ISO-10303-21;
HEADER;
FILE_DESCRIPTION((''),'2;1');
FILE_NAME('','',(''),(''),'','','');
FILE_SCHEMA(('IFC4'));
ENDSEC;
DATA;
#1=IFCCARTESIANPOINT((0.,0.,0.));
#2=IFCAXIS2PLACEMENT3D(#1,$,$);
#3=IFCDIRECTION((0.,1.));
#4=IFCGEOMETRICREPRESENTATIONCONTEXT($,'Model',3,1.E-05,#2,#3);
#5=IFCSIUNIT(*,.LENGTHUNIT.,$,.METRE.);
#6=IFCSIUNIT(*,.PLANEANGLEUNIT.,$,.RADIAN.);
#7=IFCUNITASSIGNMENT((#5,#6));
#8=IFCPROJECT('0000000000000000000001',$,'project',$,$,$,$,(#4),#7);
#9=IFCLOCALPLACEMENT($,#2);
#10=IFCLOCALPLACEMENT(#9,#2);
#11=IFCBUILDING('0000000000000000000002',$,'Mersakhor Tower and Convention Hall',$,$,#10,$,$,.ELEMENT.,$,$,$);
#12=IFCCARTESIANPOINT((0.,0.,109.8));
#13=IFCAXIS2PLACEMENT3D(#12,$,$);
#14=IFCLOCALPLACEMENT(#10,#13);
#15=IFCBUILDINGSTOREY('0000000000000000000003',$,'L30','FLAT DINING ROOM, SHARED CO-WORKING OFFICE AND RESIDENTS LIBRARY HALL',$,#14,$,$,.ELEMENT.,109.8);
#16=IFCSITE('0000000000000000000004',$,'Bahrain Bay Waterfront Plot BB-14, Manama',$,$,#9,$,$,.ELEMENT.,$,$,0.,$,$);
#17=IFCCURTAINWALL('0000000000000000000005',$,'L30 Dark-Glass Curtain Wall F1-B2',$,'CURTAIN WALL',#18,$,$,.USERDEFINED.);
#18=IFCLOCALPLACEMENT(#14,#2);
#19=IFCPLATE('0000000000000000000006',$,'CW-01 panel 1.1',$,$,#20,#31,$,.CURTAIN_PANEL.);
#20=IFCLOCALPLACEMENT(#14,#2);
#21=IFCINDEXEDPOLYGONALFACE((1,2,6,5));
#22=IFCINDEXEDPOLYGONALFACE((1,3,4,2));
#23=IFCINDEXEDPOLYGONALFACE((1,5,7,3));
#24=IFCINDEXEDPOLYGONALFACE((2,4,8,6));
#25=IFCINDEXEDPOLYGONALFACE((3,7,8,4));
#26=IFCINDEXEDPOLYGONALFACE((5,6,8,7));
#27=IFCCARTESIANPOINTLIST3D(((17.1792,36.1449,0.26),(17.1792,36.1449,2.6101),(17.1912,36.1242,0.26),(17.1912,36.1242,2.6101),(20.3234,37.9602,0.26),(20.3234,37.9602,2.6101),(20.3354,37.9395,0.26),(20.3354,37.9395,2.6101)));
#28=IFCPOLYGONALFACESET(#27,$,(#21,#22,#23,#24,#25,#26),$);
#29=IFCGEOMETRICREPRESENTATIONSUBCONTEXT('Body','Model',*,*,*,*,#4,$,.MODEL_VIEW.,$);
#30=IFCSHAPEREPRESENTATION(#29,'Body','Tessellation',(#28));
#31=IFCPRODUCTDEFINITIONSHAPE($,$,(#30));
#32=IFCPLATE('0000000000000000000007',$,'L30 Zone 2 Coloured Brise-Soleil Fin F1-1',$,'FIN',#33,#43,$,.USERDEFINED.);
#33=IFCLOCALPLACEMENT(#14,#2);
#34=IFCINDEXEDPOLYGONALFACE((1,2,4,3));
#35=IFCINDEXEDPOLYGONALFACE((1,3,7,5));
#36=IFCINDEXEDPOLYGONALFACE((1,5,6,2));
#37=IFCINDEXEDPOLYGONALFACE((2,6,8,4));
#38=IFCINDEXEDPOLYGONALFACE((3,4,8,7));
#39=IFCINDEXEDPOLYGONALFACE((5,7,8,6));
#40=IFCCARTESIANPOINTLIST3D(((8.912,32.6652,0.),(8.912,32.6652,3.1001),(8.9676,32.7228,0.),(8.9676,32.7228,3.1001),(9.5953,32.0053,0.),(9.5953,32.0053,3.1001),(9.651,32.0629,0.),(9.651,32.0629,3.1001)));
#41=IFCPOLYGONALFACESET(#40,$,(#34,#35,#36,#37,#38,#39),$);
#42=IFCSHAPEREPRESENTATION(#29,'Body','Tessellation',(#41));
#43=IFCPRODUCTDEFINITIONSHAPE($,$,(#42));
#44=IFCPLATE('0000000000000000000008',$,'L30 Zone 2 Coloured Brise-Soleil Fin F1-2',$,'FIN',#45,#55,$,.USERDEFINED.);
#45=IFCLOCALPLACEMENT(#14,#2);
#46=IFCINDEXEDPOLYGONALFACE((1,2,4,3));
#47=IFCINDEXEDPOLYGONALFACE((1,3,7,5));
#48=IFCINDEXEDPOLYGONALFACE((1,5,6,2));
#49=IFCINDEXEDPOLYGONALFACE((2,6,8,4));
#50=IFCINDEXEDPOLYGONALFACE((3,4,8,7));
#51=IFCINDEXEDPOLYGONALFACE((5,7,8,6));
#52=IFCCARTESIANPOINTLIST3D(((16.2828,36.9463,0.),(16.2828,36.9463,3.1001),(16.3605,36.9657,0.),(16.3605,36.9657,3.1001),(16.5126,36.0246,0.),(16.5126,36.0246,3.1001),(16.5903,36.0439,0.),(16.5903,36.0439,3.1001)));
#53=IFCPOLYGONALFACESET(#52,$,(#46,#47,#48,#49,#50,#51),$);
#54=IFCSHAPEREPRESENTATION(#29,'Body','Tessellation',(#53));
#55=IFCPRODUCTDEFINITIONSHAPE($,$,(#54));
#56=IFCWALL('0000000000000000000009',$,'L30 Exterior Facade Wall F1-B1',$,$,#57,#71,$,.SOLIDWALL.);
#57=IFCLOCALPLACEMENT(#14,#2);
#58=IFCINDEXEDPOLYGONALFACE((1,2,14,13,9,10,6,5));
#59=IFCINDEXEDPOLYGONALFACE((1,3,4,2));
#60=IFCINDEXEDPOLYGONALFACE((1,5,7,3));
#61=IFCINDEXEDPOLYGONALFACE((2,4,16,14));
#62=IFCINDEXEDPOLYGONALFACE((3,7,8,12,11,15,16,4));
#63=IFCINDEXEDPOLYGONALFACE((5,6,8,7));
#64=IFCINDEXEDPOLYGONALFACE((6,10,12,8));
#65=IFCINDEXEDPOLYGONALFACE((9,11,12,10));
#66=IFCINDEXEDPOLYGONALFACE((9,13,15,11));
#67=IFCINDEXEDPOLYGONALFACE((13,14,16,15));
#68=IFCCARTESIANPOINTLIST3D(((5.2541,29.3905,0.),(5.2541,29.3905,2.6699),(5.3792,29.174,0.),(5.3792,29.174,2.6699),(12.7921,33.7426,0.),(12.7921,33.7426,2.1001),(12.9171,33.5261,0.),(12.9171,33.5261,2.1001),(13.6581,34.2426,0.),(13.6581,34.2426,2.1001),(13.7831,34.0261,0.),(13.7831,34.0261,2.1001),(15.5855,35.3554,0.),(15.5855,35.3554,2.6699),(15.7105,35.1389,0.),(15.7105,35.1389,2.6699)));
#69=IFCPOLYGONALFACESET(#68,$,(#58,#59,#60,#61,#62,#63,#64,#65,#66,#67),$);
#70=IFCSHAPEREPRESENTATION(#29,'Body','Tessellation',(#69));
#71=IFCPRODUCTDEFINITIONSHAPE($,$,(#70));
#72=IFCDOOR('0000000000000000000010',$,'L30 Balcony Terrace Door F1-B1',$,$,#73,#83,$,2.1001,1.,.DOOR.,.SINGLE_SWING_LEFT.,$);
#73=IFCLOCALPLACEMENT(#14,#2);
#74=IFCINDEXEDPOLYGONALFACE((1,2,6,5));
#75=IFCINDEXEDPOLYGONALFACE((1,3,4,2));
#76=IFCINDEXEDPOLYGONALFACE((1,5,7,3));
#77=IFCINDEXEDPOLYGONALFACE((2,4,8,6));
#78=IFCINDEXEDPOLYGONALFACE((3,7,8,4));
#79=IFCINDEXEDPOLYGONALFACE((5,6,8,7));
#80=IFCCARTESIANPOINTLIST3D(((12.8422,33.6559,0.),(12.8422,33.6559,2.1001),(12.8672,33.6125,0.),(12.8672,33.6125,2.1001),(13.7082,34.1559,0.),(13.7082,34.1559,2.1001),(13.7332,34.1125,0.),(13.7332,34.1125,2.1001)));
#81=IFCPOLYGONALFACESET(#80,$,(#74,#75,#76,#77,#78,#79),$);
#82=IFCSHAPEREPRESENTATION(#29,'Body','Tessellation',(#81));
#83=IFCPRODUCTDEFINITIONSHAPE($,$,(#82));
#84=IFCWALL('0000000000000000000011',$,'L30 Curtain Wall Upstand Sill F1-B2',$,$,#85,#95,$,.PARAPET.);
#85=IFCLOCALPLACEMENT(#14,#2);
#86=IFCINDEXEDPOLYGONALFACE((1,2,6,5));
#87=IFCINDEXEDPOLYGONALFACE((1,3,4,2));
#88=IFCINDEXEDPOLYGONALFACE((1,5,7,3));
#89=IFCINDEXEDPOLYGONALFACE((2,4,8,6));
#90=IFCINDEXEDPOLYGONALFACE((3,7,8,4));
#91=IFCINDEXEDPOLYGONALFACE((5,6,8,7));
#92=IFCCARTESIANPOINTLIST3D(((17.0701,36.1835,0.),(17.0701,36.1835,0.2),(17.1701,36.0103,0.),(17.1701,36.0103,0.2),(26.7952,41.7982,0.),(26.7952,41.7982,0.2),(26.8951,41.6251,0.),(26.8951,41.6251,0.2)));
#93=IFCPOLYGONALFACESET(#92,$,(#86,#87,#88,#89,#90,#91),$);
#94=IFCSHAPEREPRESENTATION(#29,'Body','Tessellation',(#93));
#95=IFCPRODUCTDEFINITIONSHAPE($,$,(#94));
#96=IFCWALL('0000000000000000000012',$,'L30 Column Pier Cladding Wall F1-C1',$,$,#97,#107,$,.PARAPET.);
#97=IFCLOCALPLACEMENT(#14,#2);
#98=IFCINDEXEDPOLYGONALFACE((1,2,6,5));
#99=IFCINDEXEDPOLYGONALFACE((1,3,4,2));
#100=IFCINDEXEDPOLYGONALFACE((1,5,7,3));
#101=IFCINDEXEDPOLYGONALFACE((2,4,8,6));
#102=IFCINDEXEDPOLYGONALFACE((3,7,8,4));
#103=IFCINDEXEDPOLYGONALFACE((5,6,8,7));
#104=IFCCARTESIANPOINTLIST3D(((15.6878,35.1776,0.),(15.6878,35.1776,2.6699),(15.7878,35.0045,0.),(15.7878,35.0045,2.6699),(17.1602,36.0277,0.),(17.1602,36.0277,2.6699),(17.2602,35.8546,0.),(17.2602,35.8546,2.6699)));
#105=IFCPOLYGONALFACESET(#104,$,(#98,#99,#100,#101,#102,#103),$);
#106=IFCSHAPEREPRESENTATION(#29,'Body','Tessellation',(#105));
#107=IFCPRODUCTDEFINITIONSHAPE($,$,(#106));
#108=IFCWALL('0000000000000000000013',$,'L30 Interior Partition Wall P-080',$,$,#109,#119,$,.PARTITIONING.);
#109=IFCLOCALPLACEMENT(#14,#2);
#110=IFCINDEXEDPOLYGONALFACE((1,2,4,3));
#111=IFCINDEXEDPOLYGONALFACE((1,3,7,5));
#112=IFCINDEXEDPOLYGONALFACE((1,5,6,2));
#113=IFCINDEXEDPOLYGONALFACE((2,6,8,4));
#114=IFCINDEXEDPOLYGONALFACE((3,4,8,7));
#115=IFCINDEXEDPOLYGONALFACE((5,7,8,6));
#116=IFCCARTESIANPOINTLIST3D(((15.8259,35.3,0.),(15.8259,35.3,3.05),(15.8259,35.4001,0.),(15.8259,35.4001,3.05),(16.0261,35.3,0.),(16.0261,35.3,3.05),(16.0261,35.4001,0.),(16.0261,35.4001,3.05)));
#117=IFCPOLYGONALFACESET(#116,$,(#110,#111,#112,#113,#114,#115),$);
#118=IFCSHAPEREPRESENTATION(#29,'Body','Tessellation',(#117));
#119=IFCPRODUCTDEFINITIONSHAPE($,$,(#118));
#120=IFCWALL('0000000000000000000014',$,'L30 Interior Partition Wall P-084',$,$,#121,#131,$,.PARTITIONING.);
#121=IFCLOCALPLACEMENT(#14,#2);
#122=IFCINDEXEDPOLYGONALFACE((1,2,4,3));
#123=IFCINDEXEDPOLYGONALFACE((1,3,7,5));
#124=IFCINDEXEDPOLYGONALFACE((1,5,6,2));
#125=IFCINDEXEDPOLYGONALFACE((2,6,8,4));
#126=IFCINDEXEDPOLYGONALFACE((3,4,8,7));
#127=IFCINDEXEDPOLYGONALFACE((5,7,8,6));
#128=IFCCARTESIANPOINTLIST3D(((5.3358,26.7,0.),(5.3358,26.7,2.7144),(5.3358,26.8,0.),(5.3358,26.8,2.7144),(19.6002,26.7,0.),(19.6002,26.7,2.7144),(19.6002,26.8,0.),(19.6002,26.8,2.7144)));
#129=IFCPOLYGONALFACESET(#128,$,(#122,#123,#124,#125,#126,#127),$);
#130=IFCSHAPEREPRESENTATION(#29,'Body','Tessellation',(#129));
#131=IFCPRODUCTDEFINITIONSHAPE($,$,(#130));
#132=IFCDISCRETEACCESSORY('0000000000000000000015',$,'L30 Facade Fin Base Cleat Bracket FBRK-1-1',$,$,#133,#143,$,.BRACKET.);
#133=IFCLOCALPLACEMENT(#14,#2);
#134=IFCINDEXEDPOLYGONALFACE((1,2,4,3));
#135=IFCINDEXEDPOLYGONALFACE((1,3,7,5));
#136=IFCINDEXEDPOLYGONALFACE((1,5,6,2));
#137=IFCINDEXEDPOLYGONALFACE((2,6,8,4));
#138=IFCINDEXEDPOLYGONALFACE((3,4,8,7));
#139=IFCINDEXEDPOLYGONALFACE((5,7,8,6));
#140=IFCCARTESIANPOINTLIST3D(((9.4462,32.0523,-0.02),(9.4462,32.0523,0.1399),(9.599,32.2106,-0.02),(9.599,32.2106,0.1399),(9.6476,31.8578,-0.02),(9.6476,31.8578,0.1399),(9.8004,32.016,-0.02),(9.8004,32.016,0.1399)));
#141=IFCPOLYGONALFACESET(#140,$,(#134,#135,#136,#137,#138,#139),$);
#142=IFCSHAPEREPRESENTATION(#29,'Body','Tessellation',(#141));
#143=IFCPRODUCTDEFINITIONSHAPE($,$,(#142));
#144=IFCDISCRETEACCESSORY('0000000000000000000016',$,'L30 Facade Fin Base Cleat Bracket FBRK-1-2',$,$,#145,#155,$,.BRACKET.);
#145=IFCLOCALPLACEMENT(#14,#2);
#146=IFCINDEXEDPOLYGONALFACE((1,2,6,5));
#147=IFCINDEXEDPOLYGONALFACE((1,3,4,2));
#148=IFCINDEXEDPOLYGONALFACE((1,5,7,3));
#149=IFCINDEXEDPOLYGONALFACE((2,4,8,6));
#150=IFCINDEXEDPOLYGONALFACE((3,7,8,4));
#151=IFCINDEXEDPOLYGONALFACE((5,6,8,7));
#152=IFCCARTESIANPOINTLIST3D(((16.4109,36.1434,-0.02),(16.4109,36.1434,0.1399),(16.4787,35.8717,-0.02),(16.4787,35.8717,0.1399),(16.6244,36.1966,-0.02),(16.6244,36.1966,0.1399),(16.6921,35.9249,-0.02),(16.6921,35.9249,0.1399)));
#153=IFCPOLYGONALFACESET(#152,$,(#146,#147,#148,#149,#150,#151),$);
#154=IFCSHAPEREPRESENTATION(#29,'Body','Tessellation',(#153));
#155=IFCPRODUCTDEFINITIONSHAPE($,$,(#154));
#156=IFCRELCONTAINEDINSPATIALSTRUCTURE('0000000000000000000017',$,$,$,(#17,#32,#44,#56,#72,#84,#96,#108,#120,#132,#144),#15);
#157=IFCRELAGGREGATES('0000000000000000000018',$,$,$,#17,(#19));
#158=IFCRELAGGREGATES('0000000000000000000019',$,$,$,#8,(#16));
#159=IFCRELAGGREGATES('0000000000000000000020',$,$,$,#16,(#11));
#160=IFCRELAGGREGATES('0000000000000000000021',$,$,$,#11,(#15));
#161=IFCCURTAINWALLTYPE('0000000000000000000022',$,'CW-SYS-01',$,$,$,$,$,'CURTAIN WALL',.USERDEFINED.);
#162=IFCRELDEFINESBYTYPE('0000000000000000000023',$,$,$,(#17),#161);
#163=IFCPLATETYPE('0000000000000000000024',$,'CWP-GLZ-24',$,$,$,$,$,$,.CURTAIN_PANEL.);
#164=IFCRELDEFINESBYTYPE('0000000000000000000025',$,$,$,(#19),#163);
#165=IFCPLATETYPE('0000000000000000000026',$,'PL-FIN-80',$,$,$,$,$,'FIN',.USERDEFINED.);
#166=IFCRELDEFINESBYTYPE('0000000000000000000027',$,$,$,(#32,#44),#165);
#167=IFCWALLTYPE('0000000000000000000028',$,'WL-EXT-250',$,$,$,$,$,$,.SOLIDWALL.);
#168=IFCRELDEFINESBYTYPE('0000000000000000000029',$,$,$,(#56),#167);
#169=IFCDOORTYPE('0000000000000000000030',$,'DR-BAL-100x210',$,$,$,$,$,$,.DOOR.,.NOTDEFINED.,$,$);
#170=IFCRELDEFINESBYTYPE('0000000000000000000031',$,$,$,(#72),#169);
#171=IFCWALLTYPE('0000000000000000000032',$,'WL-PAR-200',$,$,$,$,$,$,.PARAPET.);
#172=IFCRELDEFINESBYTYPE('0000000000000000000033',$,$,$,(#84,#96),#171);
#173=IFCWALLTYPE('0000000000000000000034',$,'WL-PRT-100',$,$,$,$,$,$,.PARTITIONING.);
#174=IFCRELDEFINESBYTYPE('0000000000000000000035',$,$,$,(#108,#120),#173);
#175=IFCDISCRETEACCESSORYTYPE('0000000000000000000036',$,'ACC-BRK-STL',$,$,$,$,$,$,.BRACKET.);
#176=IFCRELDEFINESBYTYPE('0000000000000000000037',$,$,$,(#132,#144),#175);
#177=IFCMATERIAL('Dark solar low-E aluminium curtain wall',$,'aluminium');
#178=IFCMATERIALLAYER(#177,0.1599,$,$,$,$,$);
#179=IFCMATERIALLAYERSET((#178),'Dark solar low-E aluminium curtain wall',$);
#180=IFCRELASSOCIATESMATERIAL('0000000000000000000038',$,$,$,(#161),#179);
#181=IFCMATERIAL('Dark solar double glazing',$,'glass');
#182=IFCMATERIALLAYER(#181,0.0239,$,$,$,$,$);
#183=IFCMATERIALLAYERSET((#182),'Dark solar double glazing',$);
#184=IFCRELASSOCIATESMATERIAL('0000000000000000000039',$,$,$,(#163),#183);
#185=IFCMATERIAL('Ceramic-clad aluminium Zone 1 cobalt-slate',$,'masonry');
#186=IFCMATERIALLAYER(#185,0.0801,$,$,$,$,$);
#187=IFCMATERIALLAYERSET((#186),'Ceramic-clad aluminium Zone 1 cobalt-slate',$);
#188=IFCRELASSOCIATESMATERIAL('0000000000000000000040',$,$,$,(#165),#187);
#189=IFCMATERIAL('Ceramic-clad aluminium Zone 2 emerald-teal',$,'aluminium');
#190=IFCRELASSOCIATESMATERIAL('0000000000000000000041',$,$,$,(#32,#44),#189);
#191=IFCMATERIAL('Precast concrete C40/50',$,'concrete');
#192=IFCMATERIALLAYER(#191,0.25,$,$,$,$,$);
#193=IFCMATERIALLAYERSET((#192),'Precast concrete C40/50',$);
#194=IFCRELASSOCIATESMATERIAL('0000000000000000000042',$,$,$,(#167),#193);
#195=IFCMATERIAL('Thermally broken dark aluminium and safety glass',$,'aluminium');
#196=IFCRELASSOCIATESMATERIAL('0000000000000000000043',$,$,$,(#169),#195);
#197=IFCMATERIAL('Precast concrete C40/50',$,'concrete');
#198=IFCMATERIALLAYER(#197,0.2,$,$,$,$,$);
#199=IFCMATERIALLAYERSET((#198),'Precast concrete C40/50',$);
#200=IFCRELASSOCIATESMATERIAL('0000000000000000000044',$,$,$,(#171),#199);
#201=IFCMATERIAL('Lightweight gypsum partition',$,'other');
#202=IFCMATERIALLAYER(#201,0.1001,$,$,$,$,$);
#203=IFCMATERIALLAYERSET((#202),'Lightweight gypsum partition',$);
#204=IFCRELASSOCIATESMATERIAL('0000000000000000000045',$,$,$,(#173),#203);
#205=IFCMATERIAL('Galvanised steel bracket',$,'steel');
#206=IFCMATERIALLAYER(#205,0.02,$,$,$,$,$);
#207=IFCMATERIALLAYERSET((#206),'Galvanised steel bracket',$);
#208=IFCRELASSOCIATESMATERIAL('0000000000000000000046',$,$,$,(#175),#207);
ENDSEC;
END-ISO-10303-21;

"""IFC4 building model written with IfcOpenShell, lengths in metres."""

from ifc_helpers import new_model, si_unit, direction, frame, frame_2d, origin, origin_2d, place, context, subcontext, project, spatial, rectangle, extrude, material, layer, layer_set, type_object, element, fill, aggregate, save


model = new_model("IFC4")

# Units and contexts
model_context = context("Model", 3, precision=1e-05, world=origin(), true_north=direction((0.0, 1.0)))
body_context = subcontext(model_context, "Body", "Model", "MODEL_VIEW")
ifc_project = project(units=[si_unit("LENGTHUNIT", "METRE"), si_unit("PLANEANGLEUNIT", "RADIAN")], contexts=[model_context])

# Site, building, storey
site_placement = place(None, origin())
site = spatial("IfcSite", under=ifc_project, at=site_placement, Name="Bahrain Bay Waterfront Plot BB-14, Manama", CompositionType="ELEMENT", RefElevation=0.0)
building_placement = place(site_placement, origin())
building = spatial("IfcBuilding", under=site, at=building_placement, Name="Mersakhor Tower and Convention Hall", CompositionType="ELEMENT")
storey_placement = place(building_placement, frame((0.0, 0.0, 109.8)))
storey = spatial("IfcBuildingStorey", under=building, at=storey_placement, Name="L30", Description="FLAT DINING ROOM, SHARED CO-WORKING OFFICE AND RESIDENTS LIBRARY HALL", CompositionType="ELEMENT", Elevation=109.8)

# Curtain wall
ifc_material_1 = material(Name="Dark solar low-E aluminium curtain wall", Category="aluminium")
ifc_layer_1 = layer(ifc_material_1, 0.1599)
ifc_layer_set_1 = layer_set([ifc_layer_1], Name="Dark solar low-E aluminium curtain wall")
curtain_wall_type = type_object("IfcCurtainWallType", Name="CW-SYS-01", ElementType="CURTAIN WALL", PredefinedType="USERDEFINED", material=ifc_layer_set_1)
curtain_wall_placement = place(storey_placement, origin())
curtain_wall = element("IfcCurtainWall", 1, at=curtain_wall_placement, inside=storey, type_object=curtain_wall_type, Name="L30 Dark-Glass Curtain Wall F1-B2", ObjectType="CURTAIN WALL", PredefinedType="USERDEFINED")

# Plate
ifc_material_2 = material(Name="Dark solar double glazing", Category="glass")
ifc_layer_2 = layer(ifc_material_2, 0.0239)
ifc_layer_set_2 = layer_set([ifc_layer_2], Name="Dark solar double glazing")
plate_type_1 = type_object("IfcPlateType", Name="CWP-GLZ-24", PredefinedType="CURTAIN_PANEL", material=ifc_layer_set_2)
plate_placement = place(storey_placement, frame((18.7573, 37.0422, 0.26), z_axis=(0.0, 0.0, 1.0), x_axis=(0.866027, 0.499998, 0.0)))
plate = element("IfcPlate", 2, at=plate_placement, type_object=plate_type_1, Name="CW-01 panel 1.1", PredefinedType="CURTAIN_PANEL", context=body_context, shape_type="SweptSolid", body=[
    extrude(rectangle(XDim=3.6306, YDim=0.0239, at=origin_2d()), origin(), (0.0, 0.0, 1.0), 2.3501),
])
aggregate(curtain_wall, [plate])

# Plates
ifc_material_3 = material(Name="Ceramic-clad aluminium Zone 2 emerald-teal", Category="aluminium")
ifc_material_4 = material(Name="Ceramic-clad aluminium Zone 1 cobalt-slate", Category="masonry")
ifc_layer_3 = layer(ifc_material_4, 0.0801)
ifc_layer_set_3 = layer_set([ifc_layer_3], Name="Ceramic-clad aluminium Zone 1 cobalt-slate")
plate_type_2 = type_object("IfcPlateType", Name="PL-FIN-80", ElementType="FIN", PredefinedType="USERDEFINED", material=ifc_layer_set_3)
for number, where, z_axis, x_axis, name in (
    (3, (9.2815, 32.364, 0.0), (0.0, 0.0, 1.0), (-0.71934, 0.694658, 0.0), "L30 Zone 2 Coloured Brise-Soleil Fin F1-1"),
    (4, (16.4365, 36.4951, 0.0), (0.0, 0.0, 1.0), (-0.241922, 0.970296, 0.0), "L30 Zone 2 Coloured Brise-Soleil Fin F1-2"),
):
    element("IfcPlate", number, at=place(storey_placement, frame(where, z_axis=z_axis, x_axis=x_axis)), inside=storey, type_object=plate_type_2, material=ifc_material_3, Name=name, ObjectType="FIN", PredefinedType="USERDEFINED", context=body_context, shape_type="SweptSolid", body=[
        extrude(rectangle(XDim=0.95, YDim=0.0801, at=origin_2d()), origin(), (0.0, 0.0, 1.0), 3.1001),
    ])

# Wall, opening, door
ifc_material_5 = material(Name="Precast concrete C40/50", Category="concrete")
ifc_layer_4 = layer(ifc_material_5, 0.25)
ifc_layer_set_4 = layer_set([ifc_layer_4], Name="Precast concrete C40/50")
wall_type_1 = type_object("IfcWallType", Name="WL-EXT-250", PredefinedType="SOLIDWALL", material=ifc_layer_set_4)
wall_1_placement = place(storey_placement, frame((5.3167, 29.2822, 0.0), z_axis=(0.0, 0.0, 1.0), x_axis=(0.866023, 0.500004, 0.0)))
wall_1 = element("IfcWall", 5, at=wall_1_placement, inside=storey, type_object=wall_type_1, Name="L30 Exterior Facade Wall F1-B1", PredefinedType="SOLIDWALL", context=body_context, shape_type="SweptSolid", body=[
    extrude(rectangle(XDim=11.9297, YDim=0.25, at=frame_2d((5.9648, 0.0))), origin(), (0.0, 0.0, 1.0), 2.6699),
])
opening_placement = place(wall_1_placement, frame((8.7041, 0.0, 0.0)))
opening = element("IfcOpeningElement", 6, at=opening_placement, cuts=wall_1, PredefinedType="OPENING", context=body_context, shape_type="SweptSolid", body=[
    extrude(rectangle(XDim=1.0, YDim=2.1001, at=frame_2d((0.5, 1.05))), frame((0.0, 0.135, 0.0), z_axis=(0.0, -1.0, 0.0), x_axis=(1.0, 0.0, 0.0)), (0.0, 0.0, 1.0), 0.27),
])
ifc_material_6 = material(Name="Thermally broken dark aluminium and safety glass", Category="aluminium")
door_type = type_object("IfcDoorType", Name="DR-BAL-100x210", OperationType="NOTDEFINED", PredefinedType="DOOR", material=ifc_material_6)
door_placement = place(opening_placement, origin())
door = element("IfcDoor", 7, at=door_placement, inside=storey, type_object=door_type, Name="L30 Balcony Terrace Door F1-B1", OperationType="SINGLE_SWING_LEFT", OverallHeight=2.1001, OverallWidth=1.0, PredefinedType="DOOR", context=body_context, shape_type="SweptSolid", body=[
    extrude(rectangle(XDim=1.0, YDim=2.1001, at=frame_2d((0.5, 1.05))), frame((0.0, 0.0249, 0.0), z_axis=(0.0, -1.0, 0.0), x_axis=(1.0, 0.0, 0.0)), (0.0, 0.0, 1.0), 0.05),
])
fill(opening, door)

# Walls
ifc_material_7 = material(Name="Precast concrete C40/50", Category="concrete")
ifc_layer_5 = layer(ifc_material_7, 0.2)
ifc_layer_set_5 = layer_set([ifc_layer_5], Name="Precast concrete C40/50")
wall_type_2 = type_object("IfcWallType", Name="WL-PAR-200", PredefinedType="PARAPET", material=ifc_layer_set_5)
wall_2_placement = place(storey_placement, frame((17.1201, 36.0969, 0.0), z_axis=(0.0, 0.0, 1.0), x_axis=(0.866027, 0.499997, 0.0)))
element("IfcWall", 8, at=wall_2_placement, inside=storey, type_object=wall_type_2, Name="L30 Curtain Wall Upstand Sill F1-B2", PredefinedType="PARAPET", context=body_context, shape_type="SweptSolid", body=[
    extrude(rectangle(XDim=11.2295, YDim=0.2, at=frame_2d((5.6147, 0.0))), origin(), (0.0, 0.0, 1.0), 0.2),
])
wall_3_placement = place(storey_placement, frame((15.7378, 35.0911, 0.0), z_axis=(0.0, 0.0, 1.0), x_axis=(0.866025, 0.5, 0.0)))
element("IfcWall", 9, at=wall_3_placement, inside=storey, type_object=wall_type_2, Name="L30 Column Pier Cladding Wall F1-C1", PredefinedType="PARAPET", context=body_context, shape_type="SweptSolid", body=[
    extrude(rectangle(XDim=1.7002, YDim=0.2, at=frame_2d((0.8501, 0.0))), origin(), (0.0, 0.0, 1.0), 2.6699),
])
ifc_material_8 = material(Name="Lightweight gypsum partition", Category="other")
ifc_layer_6 = layer(ifc_material_8, 0.1001)
ifc_layer_set_6 = layer_set([ifc_layer_6], Name="Lightweight gypsum partition")
wall_type_3 = type_object("IfcWallType", Name="WL-PRT-100", PredefinedType="PARTITIONING", material=ifc_layer_set_6)
wall_4_placement = place(storey_placement, frame((16.0261, 35.3501, 0.0), z_axis=(0.0, 0.0, 1.0), x_axis=(-1.0, 0.0, 0.0)))
element("IfcWall", 10, at=wall_4_placement, inside=storey, type_object=wall_type_3, Name="L30 Interior Partition Wall P-080", PredefinedType="PARTITIONING", context=body_context, shape_type="SweptSolid", body=[
    extrude(rectangle(XDim=0.2002, YDim=0.1001, at=frame_2d((0.1001, 0.0))), origin(), (0.0, 0.0, 1.0), 3.05),
])
wall_5_placement = place(storey_placement, frame((5.3357, 26.75, 0.0), z_axis=(0.0, 0.0, 1.0), x_axis=(1.0, 0.0, 0.0)))
element("IfcWall", 11, at=wall_5_placement, inside=storey, type_object=wall_type_3, Name="L30 Interior Partition Wall P-084", PredefinedType="PARTITIONING", context=body_context, shape_type="SweptSolid", body=[
    extrude(rectangle(XDim=14.2644, YDim=0.1001, at=frame_2d((7.1323, 0.0))), origin(), (0.0, 0.0, 1.0), 2.7144),
])

# Discrete accessories
ifc_material_9 = material(Name="Galvanised steel bracket", Category="steel")
ifc_layer_7 = layer(ifc_material_9, 0.02)
ifc_layer_set_7 = layer_set([ifc_layer_7], Name="Galvanised steel bracket")
discrete_accessory_type = type_object("IfcDiscreteAccessoryType", Name="ACC-BRK-STL", PredefinedType="BRACKET", material=ifc_layer_set_7)
for number, where, z_axis, x_axis, name in (
    (12, (9.6233, 32.0342, -0.02), (0.0, 0.0, 1.0), (-0.71934, 0.694658, 0.0), "L30 Facade Fin Base Cleat Bracket FBRK-1-1"),
    (13, (16.5515, 36.0342, -0.02), (0.0, 0.0, 1.0), (-0.241922, 0.970296, 0.0), "L30 Facade Fin Base Cleat Bracket FBRK-1-2"),
):
    element("IfcDiscreteAccessory", number, at=place(storey_placement, frame(where, z_axis=z_axis, x_axis=x_axis)), inside=storey, type_object=discrete_accessory_type, Name=name, PredefinedType="BRACKET", context=body_context, shape_type="SweptSolid", body=[
        extrude(rectangle(XDim=0.28, YDim=0.22, at=origin_2d()), origin(), (0.0, 0.0, 1.0), 0.1599),
    ])

save(model, "model.ifc")
